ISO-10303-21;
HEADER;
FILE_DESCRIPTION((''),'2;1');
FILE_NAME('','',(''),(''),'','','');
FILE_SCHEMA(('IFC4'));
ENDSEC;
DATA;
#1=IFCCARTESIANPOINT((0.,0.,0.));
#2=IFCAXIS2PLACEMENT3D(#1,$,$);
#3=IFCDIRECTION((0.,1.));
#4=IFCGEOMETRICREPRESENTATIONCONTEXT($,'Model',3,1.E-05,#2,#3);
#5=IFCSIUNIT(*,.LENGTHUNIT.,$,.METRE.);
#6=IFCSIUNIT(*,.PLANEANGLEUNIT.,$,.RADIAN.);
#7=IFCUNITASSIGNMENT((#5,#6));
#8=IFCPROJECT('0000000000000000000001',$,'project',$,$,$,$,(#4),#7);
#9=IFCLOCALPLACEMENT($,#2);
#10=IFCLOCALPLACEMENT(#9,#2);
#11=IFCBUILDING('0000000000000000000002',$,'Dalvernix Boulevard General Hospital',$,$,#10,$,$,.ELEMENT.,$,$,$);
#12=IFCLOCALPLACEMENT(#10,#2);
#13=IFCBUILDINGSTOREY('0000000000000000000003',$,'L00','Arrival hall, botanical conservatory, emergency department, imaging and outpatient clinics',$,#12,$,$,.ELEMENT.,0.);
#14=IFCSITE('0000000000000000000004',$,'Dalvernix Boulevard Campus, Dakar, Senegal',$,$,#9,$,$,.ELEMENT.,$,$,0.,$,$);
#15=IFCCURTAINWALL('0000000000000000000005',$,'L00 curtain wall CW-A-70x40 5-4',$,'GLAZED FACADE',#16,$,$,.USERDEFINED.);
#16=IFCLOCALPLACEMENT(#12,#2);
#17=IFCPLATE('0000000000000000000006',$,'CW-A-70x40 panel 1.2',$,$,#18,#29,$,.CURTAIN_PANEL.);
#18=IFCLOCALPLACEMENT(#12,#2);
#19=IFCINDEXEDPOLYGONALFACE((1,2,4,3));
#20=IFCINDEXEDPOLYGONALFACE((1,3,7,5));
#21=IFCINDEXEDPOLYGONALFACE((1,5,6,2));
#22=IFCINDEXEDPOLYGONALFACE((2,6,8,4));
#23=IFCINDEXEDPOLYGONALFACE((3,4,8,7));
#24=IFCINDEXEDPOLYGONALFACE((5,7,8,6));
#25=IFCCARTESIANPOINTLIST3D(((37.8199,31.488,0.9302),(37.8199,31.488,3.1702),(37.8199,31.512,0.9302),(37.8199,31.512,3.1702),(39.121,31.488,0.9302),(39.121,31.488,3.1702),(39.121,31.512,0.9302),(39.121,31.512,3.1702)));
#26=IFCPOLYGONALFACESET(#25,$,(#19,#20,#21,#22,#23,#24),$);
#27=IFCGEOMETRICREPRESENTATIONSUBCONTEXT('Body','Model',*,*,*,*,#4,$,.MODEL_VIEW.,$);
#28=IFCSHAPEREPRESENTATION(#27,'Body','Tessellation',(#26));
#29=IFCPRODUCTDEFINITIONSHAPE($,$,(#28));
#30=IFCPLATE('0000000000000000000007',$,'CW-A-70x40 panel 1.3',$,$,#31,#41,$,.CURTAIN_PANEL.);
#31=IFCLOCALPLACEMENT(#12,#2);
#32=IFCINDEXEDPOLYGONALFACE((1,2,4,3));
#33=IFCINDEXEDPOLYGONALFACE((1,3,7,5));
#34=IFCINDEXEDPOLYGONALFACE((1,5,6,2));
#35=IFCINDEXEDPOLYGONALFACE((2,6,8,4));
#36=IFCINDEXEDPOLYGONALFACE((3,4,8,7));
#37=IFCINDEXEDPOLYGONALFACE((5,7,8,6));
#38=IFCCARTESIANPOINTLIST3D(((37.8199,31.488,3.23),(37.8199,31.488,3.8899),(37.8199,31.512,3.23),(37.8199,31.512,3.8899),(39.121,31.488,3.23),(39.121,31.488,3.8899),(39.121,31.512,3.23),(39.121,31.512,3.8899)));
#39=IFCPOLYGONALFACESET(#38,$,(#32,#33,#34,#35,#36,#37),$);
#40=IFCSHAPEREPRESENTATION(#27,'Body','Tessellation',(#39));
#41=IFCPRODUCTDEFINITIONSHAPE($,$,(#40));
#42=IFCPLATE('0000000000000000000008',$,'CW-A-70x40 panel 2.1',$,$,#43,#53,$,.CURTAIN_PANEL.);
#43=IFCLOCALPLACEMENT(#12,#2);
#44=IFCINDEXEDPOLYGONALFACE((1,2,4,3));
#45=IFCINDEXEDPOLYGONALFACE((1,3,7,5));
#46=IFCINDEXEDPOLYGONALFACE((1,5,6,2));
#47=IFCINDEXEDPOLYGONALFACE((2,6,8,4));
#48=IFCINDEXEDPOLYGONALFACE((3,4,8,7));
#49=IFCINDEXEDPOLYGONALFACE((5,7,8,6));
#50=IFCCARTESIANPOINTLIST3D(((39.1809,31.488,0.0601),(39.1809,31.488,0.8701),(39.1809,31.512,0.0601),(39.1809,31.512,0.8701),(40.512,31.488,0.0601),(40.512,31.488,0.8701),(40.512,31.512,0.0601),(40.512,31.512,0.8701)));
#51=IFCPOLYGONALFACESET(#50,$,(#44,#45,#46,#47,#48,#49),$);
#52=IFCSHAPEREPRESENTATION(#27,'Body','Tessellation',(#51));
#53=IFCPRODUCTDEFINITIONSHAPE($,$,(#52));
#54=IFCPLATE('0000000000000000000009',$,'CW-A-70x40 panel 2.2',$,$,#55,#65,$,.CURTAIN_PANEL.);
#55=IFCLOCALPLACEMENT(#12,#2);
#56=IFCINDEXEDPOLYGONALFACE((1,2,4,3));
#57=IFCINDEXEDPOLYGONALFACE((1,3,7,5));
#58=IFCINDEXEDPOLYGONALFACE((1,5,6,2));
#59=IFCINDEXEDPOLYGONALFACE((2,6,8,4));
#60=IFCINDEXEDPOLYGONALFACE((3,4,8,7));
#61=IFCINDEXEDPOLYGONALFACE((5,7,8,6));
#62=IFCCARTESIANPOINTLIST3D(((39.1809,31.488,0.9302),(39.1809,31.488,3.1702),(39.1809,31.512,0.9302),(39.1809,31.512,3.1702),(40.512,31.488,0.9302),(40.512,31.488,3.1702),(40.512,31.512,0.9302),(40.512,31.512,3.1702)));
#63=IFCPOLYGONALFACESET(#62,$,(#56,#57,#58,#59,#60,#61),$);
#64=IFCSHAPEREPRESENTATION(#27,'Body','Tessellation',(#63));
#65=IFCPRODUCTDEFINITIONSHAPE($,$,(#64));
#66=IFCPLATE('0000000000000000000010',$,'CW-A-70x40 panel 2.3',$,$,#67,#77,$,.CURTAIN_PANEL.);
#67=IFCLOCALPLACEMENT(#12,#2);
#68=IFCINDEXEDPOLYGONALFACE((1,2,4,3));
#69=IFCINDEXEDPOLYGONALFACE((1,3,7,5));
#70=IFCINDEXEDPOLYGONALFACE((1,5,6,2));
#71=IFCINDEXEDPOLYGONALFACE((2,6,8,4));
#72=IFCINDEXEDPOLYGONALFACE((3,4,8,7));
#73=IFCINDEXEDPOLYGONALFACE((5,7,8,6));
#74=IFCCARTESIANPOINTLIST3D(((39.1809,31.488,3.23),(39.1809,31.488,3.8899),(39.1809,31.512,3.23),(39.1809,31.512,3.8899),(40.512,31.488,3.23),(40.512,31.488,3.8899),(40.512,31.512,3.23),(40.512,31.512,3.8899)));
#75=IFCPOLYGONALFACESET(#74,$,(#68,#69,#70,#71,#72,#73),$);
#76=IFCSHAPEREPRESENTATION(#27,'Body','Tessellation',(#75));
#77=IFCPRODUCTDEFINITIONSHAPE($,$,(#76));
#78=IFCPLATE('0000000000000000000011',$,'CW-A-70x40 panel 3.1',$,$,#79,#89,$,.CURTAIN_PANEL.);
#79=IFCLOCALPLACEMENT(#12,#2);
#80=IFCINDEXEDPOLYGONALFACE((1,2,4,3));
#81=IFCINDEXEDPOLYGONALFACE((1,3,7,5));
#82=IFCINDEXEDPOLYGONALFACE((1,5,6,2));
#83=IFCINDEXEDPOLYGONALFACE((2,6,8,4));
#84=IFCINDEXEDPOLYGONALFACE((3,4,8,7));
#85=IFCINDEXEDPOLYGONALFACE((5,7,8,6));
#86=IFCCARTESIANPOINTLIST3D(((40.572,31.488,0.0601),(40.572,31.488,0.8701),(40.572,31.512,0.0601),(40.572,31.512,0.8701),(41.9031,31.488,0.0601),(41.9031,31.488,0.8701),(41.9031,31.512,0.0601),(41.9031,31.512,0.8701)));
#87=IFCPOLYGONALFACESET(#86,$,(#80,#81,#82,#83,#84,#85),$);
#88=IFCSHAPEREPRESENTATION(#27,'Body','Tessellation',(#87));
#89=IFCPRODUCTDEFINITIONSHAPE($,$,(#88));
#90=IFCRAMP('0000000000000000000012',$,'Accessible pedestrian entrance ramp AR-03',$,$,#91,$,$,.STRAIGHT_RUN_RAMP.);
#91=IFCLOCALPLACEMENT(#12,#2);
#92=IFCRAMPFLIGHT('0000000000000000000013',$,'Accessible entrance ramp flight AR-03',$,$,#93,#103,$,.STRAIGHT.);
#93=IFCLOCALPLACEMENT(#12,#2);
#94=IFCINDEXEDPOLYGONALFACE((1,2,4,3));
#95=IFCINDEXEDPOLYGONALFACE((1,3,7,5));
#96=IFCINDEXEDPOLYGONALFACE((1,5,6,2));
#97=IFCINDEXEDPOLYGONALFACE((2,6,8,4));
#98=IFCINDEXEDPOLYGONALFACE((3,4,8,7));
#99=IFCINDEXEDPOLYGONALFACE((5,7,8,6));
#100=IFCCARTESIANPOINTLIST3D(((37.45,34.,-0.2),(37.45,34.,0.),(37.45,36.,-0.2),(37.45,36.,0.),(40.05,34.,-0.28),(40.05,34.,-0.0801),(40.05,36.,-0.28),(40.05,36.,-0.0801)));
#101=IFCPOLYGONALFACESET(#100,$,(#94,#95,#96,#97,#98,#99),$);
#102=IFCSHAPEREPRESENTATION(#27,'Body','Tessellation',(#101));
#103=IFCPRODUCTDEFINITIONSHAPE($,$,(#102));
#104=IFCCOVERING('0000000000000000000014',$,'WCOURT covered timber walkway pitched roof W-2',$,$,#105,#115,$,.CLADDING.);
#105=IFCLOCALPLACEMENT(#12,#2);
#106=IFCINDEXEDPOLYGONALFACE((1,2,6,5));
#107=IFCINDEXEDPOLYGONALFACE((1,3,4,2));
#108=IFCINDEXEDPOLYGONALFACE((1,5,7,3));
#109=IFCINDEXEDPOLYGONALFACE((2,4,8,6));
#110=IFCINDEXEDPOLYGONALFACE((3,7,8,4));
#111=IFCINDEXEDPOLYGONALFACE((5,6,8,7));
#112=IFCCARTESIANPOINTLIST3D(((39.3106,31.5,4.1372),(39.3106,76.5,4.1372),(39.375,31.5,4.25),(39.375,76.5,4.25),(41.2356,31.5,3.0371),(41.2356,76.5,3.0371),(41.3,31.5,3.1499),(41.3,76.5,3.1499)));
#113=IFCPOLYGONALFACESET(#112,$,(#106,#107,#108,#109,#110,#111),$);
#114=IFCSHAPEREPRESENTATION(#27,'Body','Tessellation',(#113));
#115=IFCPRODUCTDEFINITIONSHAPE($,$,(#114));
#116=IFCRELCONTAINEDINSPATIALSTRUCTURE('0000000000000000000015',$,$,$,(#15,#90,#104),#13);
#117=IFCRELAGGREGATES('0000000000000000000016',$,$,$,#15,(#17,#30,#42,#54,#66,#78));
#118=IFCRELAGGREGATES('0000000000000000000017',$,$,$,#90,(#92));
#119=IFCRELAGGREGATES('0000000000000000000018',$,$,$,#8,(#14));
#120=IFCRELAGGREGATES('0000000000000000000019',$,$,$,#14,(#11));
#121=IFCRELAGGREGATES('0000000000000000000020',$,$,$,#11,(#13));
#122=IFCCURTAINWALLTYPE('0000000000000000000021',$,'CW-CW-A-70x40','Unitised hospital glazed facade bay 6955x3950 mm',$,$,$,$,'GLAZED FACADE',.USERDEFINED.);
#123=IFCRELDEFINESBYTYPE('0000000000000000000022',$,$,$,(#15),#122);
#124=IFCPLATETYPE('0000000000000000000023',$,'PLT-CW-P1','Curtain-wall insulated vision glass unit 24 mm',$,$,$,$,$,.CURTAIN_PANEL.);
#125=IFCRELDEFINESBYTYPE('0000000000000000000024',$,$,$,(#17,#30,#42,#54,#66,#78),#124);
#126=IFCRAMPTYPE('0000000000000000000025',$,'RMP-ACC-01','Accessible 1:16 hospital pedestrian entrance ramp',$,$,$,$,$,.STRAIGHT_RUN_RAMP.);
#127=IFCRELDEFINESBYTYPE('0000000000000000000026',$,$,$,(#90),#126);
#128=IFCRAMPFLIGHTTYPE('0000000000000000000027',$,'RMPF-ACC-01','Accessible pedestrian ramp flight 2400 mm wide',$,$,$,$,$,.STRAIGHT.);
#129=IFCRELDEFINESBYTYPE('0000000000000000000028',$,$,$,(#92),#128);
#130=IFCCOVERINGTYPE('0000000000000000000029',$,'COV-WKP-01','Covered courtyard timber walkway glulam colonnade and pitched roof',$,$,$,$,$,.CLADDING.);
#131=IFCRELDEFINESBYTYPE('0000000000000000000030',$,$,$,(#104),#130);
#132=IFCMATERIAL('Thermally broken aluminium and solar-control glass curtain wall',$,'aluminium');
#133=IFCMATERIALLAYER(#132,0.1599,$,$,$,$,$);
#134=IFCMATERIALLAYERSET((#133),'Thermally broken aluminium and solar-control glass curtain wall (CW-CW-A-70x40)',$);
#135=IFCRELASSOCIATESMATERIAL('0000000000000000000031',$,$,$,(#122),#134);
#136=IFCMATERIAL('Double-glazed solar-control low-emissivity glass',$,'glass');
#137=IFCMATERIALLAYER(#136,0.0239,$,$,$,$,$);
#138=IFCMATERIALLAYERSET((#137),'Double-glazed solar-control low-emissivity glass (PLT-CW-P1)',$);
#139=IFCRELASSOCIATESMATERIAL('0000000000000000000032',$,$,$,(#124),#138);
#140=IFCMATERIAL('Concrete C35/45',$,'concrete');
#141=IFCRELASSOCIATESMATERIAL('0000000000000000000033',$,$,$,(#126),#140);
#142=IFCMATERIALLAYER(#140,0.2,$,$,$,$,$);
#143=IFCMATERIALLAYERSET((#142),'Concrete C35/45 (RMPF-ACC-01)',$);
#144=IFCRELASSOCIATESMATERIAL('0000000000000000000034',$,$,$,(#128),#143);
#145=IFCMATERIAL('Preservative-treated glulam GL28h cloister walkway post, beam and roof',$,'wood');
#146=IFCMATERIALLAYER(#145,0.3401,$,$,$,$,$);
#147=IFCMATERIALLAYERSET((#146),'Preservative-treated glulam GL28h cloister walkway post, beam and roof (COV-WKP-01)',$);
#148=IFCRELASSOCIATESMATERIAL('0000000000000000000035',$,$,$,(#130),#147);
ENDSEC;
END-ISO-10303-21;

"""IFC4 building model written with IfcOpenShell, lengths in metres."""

from ifc_helpers import new_model, si_unit, direction, frame, origin, origin_2d, place, context, subcontext, project, spatial, polyline, rectangle, outline, extrude, material, layer, layer_set, type_object, element, aggregate, save


model = new_model("IFC4")

# Units and contexts
model_context = context("Model", 3, precision=1e-05, world=origin(), true_north=direction((0.0, 1.0)))
body_context = subcontext(model_context, "Body", "Model", "MODEL_VIEW")
ifc_project = project(units=[si_unit("LENGTHUNIT", "METRE"), si_unit("PLANEANGLEUNIT", "RADIAN")], contexts=[model_context])

# Site, building, storey
site_placement = place(None, origin())
site = spatial("IfcSite", under=ifc_project, at=site_placement, Name="Dalvernix Boulevard Campus, Dakar, Senegal", CompositionType="ELEMENT", RefElevation=0.0)
building_placement = place(site_placement, origin())
building = spatial("IfcBuilding", under=site, at=building_placement, Name="Dalvernix Boulevard General Hospital", CompositionType="ELEMENT")
storey_placement = place(building_placement, origin())
storey = spatial("IfcBuildingStorey", under=building, at=storey_placement, Name="L00", Description="Arrival hall, botanical conservatory, emergency department, imaging and outpatient clinics", CompositionType="ELEMENT", Elevation=0.0)

# Curtain wall
ifc_material_1 = material(Name="Thermally broken aluminium and solar-control glass curtain wall", Category="aluminium")
ifc_layer_1 = layer(ifc_material_1, 0.1599)
ifc_layer_set_1 = layer_set([ifc_layer_1], Name="Thermally broken aluminium and solar-control glass curtain wall (CW-CW-A-70x40)")
curtain_wall_type_1 = type_object("IfcCurtainWallType", Name="CW-CW-A-70x40", Description="Unitised hospital glazed facade bay 6955x3950 mm", ElementType="GLAZED FACADE", PredefinedType="USERDEFINED", material=ifc_layer_set_1)
curtain_wall_1_placement = place(storey_placement, origin())
curtain_wall_1 = element("IfcCurtainWall", 1, at=curtain_wall_1_placement, inside=storey, type_object=curtain_wall_type_1, Name="L00 curtain wall CW-A-70x40 5-4", ObjectType="GLAZED FACADE", PredefinedType="USERDEFINED")

# Plates
ifc_material_2 = material(Name="Double-glazed solar-control low-emissivity glass", Category="glass")
ifc_layer_2 = layer(ifc_material_2, 0.0239)
ifc_layer_set_2 = layer_set([ifc_layer_2], Name="Double-glazed solar-control low-emissivity glass (PLT-CW-P1)")
plate_type = type_object("IfcPlateType", Name="PLT-CW-P1", Description="Curtain-wall insulated vision glass unit 24 mm", PredefinedType="CURTAIN_PANEL", material=ifc_layer_set_2)
plate_1_placement = place(storey_placement, frame((38.4705, 31.5, 0.9302), z_axis=(0.0, 0.0, 1.0), x_axis=(1.0, 0.0, 0.0)))
plate_1 = element("IfcPlate", 2, at=plate_1_placement, type_object=plate_type, Name="CW-A-70x40 panel 1.2", PredefinedType="CURTAIN_PANEL", context=body_context, shape_type="SweptSolid", body=[
    extrude(rectangle(XDim=1.301, YDim=0.0239, at=origin_2d()), origin(), (0.0, 0.0, 1.0), 2.24),
])
plate_2_placement = place(storey_placement, frame((38.4705, 31.5, 3.23), z_axis=(0.0, 0.0, 1.0), x_axis=(1.0, 0.0, 0.0)))
plate_2 = element("IfcPlate", 3, at=plate_2_placement, type_object=plate_type, Name="CW-A-70x40 panel 1.3", PredefinedType="CURTAIN_PANEL", context=body_context, shape_type="SweptSolid", body=[
    extrude(rectangle(XDim=1.301, YDim=0.0239, at=origin_2d()), origin(), (0.0, 0.0, 1.0), 0.6599),
])
plate_3_placement = place(storey_placement, frame((39.8464, 31.5, 0.0601), z_axis=(0.0, 0.0, 1.0), x_axis=(1.0, 0.0, 0.0)))
plate_3 = element("IfcPlate", 4, at=plate_3_placement, type_object=plate_type, Name="CW-A-70x40 panel 2.1", PredefinedType="CURTAIN_PANEL", context=body_context, shape_type="SweptSolid", body=[
    extrude(rectangle(XDim=1.3311, YDim=0.0239, at=origin_2d()), origin(), (0.0, 0.0, 1.0), 0.8101),
])
plate_4_placement = place(storey_placement, frame((39.8464, 31.5, 0.9302), z_axis=(0.0, 0.0, 1.0), x_axis=(1.0, 0.0, 0.0)))
plate_4 = element("IfcPlate", 5, at=plate_4_placement, type_object=plate_type, Name="CW-A-70x40 panel 2.2", PredefinedType="CURTAIN_PANEL", context=body_context, shape_type="SweptSolid", body=[
    extrude(rectangle(XDim=1.3311, YDim=0.0239, at=origin_2d()), origin(), (0.0, 0.0, 1.0), 2.24),
])
plate_5_placement = place(storey_placement, frame((39.8464, 31.5, 3.23), z_axis=(0.0, 0.0, 1.0), x_axis=(1.0, 0.0, 0.0)))
plate_5 = element("IfcPlate", 6, at=plate_5_placement, type_object=plate_type, Name="CW-A-70x40 panel 2.3", PredefinedType="CURTAIN_PANEL", context=body_context, shape_type="SweptSolid", body=[
    extrude(rectangle(XDim=1.3311, YDim=0.0239, at=origin_2d()), origin(), (0.0, 0.0, 1.0), 0.6599),
])
plate_6_placement = place(storey_placement, frame((41.2375, 31.5, 0.0601), z_axis=(0.0, 0.0, 1.0), x_axis=(1.0, 0.0, 0.0)))
plate_6 = element("IfcPlate", 7, at=plate_6_placement, type_object=plate_type, Name="CW-A-70x40 panel 3.1", PredefinedType="CURTAIN_PANEL", context=body_context, shape_type="SweptSolid", body=[
    extrude(rectangle(XDim=1.3311, YDim=0.0239, at=origin_2d()), origin(), (0.0, 0.0, 1.0), 0.8101),
])
aggregate(curtain_wall_1, [plate_1, plate_2, plate_3, plate_4, plate_5, plate_6])

# Ramp, ramp flight
ifc_material_3 = material(Name="Concrete C35/45", Category="concrete")
ramp_type = type_object("IfcRampType", Name="RMP-ACC-01", Description="Accessible 1:16 hospital pedestrian entrance ramp", PredefinedType="STRAIGHT_RUN_RAMP", material=ifc_material_3)
ramp_placement = place(storey_placement, origin())
ramp = element("IfcRamp", 8, at=ramp_placement, inside=storey, type_object=ramp_type, Name="Accessible pedestrian entrance ramp AR-03", PredefinedType="STRAIGHT_RUN_RAMP")
ifc_layer_3 = layer(ifc_material_3, 0.2)
ifc_layer_set_3 = layer_set([ifc_layer_3], Name="Concrete C35/45 (RMPF-ACC-01)")
ramp_flight_type = type_object("IfcRampFlightType", Name="RMPF-ACC-01", Description="Accessible pedestrian ramp flight 2400 mm wide", PredefinedType="STRAIGHT", material=ifc_layer_set_3)
ramp_flight_placement = place(storey_placement, frame((40.05, 35.0, -0.0801), z_axis=(0.0, 0.0, 1.0), x_axis=(-1.0, 0.0, 0.0)))
ramp_flight = element("IfcRampFlight", 9, at=ramp_flight_placement, type_object=ramp_flight_type, Name="Accessible entrance ramp flight AR-03", PredefinedType="STRAIGHT", context=body_context, shape_type="SweptSolid", body=[
    extrude(outline(polyline([(0.0, 0.0), (0.0, -0.2), (2.6001, -0.1199), (2.6001, 0.0801), (0.0, 0.0)])), frame((0.0, 1.0, 0.0), z_axis=(0.0, -1.0, 0.0), x_axis=(1.0, 0.0, 0.0)), (0.0, 0.0, 1.0), 2.0),
])
aggregate(ramp, [ramp_flight])

# Covering
ifc_material_4 = material(Name="Preservative-treated glulam GL28h cloister walkway post, beam and roof", Category="wood")
ifc_layer_4 = layer(ifc_material_4, 0.3401)
ifc_layer_set_4 = layer_set([ifc_layer_4], Name="Preservative-treated glulam GL28h cloister walkway post, beam and roof (COV-WKP-01)")
covering_type = type_object("IfcCoveringType", Name="COV-WKP-01", Description="Covered courtyard timber walkway glulam colonnade and pitched roof", PredefinedType="CLADDING", material=ifc_layer_set_4)
covering_placement = place(storey_placement, frame((39.375, 31.5, 4.25), z_axis=(0.496163, 0.0, 0.86823), x_axis=(0.86823, 0.0, -0.496163)))
element("IfcCovering", 10, at=covering_placement, inside=storey, type_object=covering_type, Name="WCOURT covered timber walkway pitched roof W-2", PredefinedType="CLADDING", context=body_context, shape_type="SweptSolid", body=[
    extrude(outline(polyline([(0.0, 0.0), (2.2172, 0.0), (2.2172, 45.0), (0.0, 45.0), (0.0, 0.0)])), origin(), (0.0, 0.0, -1.0), 0.1299),
])

save(model, "model.ifc")
